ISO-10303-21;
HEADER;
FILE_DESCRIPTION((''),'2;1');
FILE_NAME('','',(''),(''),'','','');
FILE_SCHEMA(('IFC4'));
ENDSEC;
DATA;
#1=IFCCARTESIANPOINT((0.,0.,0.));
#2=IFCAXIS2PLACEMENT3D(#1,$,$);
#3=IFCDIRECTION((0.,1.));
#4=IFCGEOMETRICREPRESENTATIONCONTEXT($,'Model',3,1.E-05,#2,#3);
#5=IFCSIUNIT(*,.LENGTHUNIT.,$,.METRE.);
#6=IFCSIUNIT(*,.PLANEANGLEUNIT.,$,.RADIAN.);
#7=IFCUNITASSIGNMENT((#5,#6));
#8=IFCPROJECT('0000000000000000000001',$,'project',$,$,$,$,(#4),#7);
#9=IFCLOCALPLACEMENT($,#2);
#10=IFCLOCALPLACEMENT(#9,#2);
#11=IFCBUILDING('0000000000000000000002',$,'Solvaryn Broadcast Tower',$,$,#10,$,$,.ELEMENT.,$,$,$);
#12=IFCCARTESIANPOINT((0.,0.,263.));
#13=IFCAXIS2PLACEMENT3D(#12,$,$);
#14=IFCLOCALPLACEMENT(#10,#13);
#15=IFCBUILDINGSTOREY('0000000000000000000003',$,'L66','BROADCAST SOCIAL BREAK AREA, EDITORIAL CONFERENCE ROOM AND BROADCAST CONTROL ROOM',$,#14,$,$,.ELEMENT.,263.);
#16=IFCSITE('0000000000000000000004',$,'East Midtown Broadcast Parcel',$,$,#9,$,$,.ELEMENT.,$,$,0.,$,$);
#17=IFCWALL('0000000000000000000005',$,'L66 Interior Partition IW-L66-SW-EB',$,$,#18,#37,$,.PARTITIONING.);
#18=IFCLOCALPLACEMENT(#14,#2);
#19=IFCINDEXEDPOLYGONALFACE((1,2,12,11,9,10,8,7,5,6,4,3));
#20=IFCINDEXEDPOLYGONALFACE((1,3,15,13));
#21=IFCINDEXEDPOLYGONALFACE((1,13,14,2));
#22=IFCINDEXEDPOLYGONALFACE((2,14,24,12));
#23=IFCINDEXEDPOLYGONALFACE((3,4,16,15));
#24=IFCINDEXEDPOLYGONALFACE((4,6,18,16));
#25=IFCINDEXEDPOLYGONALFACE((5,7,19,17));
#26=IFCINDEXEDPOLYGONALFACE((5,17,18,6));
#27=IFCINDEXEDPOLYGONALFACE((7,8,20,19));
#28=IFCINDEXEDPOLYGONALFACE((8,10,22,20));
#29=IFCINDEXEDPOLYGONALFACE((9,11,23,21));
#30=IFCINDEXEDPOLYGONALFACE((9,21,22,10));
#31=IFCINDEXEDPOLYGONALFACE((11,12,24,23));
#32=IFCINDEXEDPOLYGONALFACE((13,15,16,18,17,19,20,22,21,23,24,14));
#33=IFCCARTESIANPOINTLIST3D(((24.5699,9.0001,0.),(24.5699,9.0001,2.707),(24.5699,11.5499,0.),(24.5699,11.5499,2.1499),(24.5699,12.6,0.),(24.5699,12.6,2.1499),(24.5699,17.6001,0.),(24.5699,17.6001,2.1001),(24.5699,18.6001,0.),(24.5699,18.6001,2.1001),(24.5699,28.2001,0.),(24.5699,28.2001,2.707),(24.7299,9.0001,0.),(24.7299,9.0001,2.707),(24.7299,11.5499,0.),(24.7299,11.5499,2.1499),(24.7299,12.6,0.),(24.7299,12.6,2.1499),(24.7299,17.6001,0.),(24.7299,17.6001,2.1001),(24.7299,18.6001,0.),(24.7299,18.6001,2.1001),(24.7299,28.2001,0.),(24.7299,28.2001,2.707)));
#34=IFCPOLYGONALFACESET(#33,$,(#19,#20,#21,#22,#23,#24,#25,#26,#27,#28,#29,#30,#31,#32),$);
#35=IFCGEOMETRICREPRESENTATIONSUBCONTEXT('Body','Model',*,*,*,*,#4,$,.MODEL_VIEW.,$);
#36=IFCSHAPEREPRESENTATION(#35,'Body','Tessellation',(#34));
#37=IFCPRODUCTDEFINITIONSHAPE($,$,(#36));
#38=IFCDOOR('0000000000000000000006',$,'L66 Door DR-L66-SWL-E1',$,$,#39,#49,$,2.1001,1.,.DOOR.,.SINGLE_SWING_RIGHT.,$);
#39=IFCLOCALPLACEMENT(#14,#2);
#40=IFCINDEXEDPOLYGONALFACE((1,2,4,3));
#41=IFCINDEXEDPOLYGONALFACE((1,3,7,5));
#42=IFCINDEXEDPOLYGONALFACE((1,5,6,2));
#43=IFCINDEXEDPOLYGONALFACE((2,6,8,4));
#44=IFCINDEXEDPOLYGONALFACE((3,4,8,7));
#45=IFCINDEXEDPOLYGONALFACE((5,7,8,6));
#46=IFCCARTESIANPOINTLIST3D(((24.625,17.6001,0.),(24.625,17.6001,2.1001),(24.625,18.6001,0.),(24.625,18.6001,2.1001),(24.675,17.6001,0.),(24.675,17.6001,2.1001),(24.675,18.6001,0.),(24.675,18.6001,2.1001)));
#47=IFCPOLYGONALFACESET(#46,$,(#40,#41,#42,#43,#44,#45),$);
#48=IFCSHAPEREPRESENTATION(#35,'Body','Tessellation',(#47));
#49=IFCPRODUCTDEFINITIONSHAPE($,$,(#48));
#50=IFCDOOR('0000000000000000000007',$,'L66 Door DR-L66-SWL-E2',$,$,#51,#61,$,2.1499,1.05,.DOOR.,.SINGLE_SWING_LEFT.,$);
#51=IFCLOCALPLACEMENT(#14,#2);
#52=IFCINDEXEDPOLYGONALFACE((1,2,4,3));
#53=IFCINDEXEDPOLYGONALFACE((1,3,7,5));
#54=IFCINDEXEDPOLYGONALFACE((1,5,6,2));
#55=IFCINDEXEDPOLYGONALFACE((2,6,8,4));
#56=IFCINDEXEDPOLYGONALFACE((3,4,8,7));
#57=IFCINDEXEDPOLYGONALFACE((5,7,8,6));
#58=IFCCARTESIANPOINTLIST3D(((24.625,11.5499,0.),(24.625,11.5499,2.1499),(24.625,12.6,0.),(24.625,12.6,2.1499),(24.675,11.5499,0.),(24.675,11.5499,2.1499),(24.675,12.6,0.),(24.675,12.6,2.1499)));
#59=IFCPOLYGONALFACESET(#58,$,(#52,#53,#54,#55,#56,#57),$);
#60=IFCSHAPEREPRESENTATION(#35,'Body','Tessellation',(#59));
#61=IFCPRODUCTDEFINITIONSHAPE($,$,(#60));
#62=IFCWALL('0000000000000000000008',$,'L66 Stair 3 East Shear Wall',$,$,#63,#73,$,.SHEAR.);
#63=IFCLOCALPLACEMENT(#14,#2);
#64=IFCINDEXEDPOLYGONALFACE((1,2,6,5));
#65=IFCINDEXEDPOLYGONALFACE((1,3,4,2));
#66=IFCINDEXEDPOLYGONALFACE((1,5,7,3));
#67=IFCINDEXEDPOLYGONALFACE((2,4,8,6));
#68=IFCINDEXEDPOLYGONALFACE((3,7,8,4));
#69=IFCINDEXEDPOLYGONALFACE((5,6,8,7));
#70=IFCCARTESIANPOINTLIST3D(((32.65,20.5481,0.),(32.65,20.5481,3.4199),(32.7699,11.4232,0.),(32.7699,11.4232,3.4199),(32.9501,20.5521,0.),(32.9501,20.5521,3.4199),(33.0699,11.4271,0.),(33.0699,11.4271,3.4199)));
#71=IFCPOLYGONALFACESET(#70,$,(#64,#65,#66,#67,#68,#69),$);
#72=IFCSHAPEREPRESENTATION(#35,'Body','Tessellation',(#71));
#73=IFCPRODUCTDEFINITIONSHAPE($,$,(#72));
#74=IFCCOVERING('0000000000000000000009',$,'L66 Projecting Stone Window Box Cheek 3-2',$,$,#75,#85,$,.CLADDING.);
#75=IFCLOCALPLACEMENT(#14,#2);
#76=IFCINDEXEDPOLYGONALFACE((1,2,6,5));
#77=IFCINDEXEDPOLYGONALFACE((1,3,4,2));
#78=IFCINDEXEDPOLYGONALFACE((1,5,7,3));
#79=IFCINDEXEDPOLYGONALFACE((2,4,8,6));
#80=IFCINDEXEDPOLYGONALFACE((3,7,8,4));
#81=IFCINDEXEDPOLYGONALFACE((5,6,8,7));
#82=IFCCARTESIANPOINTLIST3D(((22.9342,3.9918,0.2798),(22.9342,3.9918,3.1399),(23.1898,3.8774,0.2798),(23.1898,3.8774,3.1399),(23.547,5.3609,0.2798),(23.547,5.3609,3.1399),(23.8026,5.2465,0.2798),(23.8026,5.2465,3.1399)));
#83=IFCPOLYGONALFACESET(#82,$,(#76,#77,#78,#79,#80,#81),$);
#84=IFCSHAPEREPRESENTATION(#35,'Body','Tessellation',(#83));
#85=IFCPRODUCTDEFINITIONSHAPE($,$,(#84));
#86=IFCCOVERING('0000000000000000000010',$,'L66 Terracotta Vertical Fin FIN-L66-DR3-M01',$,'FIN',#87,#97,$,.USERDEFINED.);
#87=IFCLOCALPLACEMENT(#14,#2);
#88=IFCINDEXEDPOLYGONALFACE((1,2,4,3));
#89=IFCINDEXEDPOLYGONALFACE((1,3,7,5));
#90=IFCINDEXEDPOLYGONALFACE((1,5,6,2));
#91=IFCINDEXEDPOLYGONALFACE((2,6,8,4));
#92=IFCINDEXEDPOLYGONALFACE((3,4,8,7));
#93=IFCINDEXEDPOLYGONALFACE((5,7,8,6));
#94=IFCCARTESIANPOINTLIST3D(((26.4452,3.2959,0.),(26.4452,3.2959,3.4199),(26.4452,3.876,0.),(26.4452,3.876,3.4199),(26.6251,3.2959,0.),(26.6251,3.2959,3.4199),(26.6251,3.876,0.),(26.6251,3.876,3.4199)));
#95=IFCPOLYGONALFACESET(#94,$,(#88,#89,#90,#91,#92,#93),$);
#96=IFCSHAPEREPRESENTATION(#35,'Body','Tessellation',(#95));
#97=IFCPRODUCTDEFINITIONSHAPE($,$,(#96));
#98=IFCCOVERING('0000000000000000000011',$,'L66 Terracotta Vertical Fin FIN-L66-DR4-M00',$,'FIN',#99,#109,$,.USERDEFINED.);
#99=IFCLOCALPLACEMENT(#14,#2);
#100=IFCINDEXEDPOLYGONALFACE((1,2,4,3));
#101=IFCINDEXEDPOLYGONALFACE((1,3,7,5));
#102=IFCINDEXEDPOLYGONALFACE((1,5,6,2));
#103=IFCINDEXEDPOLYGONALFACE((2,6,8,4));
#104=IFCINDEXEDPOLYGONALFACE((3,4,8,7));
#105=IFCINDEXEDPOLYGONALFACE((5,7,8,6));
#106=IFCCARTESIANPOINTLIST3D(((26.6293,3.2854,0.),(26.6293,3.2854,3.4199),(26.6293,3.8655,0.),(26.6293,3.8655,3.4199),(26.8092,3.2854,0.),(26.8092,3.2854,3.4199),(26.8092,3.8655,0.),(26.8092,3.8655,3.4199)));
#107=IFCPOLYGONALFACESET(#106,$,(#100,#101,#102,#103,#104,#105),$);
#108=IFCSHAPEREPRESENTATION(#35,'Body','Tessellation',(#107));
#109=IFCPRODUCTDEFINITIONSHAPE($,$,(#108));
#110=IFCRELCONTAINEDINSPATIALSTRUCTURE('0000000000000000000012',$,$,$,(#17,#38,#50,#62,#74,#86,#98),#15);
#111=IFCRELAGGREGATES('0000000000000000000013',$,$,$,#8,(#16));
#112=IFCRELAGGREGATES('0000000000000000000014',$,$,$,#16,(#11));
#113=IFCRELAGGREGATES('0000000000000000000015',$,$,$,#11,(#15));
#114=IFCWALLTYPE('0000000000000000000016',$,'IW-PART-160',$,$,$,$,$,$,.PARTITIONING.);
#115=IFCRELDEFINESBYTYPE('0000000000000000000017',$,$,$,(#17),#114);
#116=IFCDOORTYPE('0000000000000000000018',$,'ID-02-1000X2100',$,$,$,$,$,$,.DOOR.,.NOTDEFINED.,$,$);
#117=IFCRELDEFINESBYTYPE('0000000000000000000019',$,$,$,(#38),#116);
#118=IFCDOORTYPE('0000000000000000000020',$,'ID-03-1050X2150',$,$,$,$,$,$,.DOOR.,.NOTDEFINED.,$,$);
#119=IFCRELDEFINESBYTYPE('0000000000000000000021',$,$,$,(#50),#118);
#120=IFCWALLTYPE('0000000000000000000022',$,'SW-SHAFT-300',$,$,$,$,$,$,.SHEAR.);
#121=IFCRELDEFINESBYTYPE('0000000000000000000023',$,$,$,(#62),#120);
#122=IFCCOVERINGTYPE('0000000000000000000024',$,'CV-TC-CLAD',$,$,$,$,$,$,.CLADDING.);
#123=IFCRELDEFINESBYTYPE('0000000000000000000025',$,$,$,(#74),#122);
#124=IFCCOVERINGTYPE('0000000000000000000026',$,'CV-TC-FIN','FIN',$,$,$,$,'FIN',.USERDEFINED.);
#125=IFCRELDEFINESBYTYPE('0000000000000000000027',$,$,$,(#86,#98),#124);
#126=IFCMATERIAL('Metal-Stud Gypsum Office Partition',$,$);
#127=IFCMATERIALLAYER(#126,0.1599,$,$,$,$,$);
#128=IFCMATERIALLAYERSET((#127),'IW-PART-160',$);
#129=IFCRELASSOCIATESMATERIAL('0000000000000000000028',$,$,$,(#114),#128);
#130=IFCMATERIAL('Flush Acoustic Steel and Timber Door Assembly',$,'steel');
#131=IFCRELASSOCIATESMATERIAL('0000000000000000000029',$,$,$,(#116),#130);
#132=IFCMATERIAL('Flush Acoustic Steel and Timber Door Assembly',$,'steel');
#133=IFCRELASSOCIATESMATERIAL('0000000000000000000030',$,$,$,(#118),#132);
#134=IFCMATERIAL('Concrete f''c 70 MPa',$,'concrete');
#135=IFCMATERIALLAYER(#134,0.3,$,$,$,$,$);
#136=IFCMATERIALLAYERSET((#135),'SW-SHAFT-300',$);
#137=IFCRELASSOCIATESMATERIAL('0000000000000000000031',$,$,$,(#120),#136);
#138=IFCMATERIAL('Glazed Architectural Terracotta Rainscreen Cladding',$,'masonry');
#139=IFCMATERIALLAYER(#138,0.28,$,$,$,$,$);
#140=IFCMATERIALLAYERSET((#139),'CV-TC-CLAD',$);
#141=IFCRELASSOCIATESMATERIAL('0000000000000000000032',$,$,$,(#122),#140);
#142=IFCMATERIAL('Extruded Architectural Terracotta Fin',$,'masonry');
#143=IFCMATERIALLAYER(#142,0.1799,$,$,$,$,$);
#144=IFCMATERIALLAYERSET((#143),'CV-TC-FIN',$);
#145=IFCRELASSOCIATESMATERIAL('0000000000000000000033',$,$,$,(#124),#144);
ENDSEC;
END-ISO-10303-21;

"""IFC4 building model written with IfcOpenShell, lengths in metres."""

from ifc_helpers import new_model, si_unit, direction, frame, frame_2d, origin, origin_2d, place, context, subcontext, project, spatial, rectangle, extrude, material, layer, layer_set, type_object, element, fill, save


model = new_model("IFC4")

# Units and contexts
model_context = context("Model", 3, precision=1e-05, world=origin(), true_north=direction((0.0, 1.0)))
body_context = subcontext(model_context, "Body", "Model", "MODEL_VIEW")
ifc_project = project(units=[si_unit("LENGTHUNIT", "METRE"), si_unit("PLANEANGLEUNIT", "RADIAN")], contexts=[model_context])

# Site, building, storey
site_placement = place(None, origin())
site = spatial("IfcSite", under=ifc_project, at=site_placement, Name="East Midtown Broadcast Parcel", CompositionType="ELEMENT", RefElevation=0.0)
building_placement = place(site_placement, origin())
building = spatial("IfcBuilding", under=site, at=building_placement, Name="Solvaryn Broadcast Tower", CompositionType="ELEMENT")
storey_placement = place(building_placement, frame((0.0, 0.0, 263.0)))
storey = spatial("IfcBuildingStorey", under=building, at=storey_placement, Name="L66", Description="BROADCAST SOCIAL BREAK AREA, EDITORIAL CONFERENCE ROOM AND BROADCAST CONTROL ROOM", CompositionType="ELEMENT", Elevation=263.0)

# Wall, openings, doors
ifc_material_1 = material(Name="Metal-Stud Gypsum Office Partition")
ifc_layer_1 = layer(ifc_material_1, 0.1599)
ifc_layer_set_1 = layer_set([ifc_layer_1], Name="IW-PART-160")
wall_type_1 = type_object("IfcWallType", Name="IW-PART-160", PredefinedType="PARTITIONING", material=ifc_layer_set_1)
wall_1_placement = place(storey_placement, frame((24.6499, 9.0, 0.0), z_axis=(0.0, 0.0, 1.0), x_axis=(0.0, 1.0, 0.0)))
wall_1 = element("IfcWall", 1, at=wall_1_placement, inside=storey, type_object=wall_type_1, Name="L66 Interior Partition IW-L66-SW-EB", PredefinedType="PARTITIONING", context=body_context, shape_type="SweptSolid", body=[
    extrude(rectangle(XDim=19.2, YDim=0.1599, at=frame_2d((9.6001, 0.0))), origin(), (0.0, 0.0, 1.0), 2.707),
])
opening_1_placement = place(wall_1_placement, frame((8.6001, 0.0, 0.0)))
opening_1 = element("IfcOpeningElement", 2, at=opening_1_placement, cuts=wall_1, PredefinedType="OPENING", context=body_context, shape_type="SweptSolid", body=[
    extrude(rectangle(XDim=1.0, YDim=2.1001, at=frame_2d((0.5, 1.05))), frame((0.0, 0.0901, 0.0), z_axis=(0.0, -1.0, 0.0), x_axis=(1.0, 0.0, 0.0)), (0.0, 0.0, 1.0), 0.1799),
])
opening_2_placement = place(wall_1_placement, frame((2.55, 0.0, 0.0)))
opening_2 = element("IfcOpeningElement", 3, at=opening_2_placement, cuts=wall_1, PredefinedType="OPENING", context=body_context, shape_type="SweptSolid", body=[
    extrude(rectangle(XDim=1.05, YDim=2.1499, at=frame_2d((0.5249, 1.075))), frame((0.0, 0.0901, 0.0), z_axis=(0.0, -1.0, 0.0), x_axis=(1.0, 0.0, 0.0)), (0.0, 0.0, 1.0), 0.1799),
])
ifc_material_2 = material(Name="Flush Acoustic Steel and Timber Door Assembly", Category="steel")
door_type_1 = type_object("IfcDoorType", Name="ID-02-1000X2100", OperationType="NOTDEFINED", PredefinedType="DOOR", material=ifc_material_2)
door_1_placement = place(opening_1_placement, origin())
door_1 = element("IfcDoor", 4, at=door_1_placement, inside=storey, type_object=door_type_1, Name="L66 Door DR-L66-SWL-E1", OperationType="SINGLE_SWING_RIGHT", OverallHeight=2.1001, OverallWidth=1.0, PredefinedType="DOOR", context=body_context, shape_type="SweptSolid", body=[
    extrude(rectangle(XDim=1.0, YDim=2.1001, at=frame_2d((0.5, 1.05))), frame((0.0, 0.0249, 0.0), z_axis=(0.0, -1.0, 0.0), x_axis=(1.0, 0.0, 0.0)), (0.0, 0.0, 1.0), 0.05),
])
fill(opening_1, door_1)
ifc_material_3 = material(Name="Flush Acoustic Steel and Timber Door Assembly", Category="steel")
door_type_2 = type_object("IfcDoorType", Name="ID-03-1050X2150", OperationType="NOTDEFINED", PredefinedType="DOOR", material=ifc_material_3)
door_2_placement = place(opening_2_placement, origin())
door_2 = element("IfcDoor", 5, at=door_2_placement, inside=storey, type_object=door_type_2, Name="L66 Door DR-L66-SWL-E2", OperationType="SINGLE_SWING_LEFT", OverallHeight=2.1499, OverallWidth=1.05, PredefinedType="DOOR", context=body_context, shape_type="SweptSolid", body=[
    extrude(rectangle(XDim=1.05, YDim=2.1499, at=frame_2d((0.5249, 1.075))), frame((0.0, 0.0249, 0.0), z_axis=(0.0, -1.0, 0.0), x_axis=(1.0, 0.0, 0.0)), (0.0, 0.0, 1.0), 0.05),
])
fill(opening_2, door_2)

# Wall
ifc_material_4 = material(Name="Concrete f'c 70 MPa", Category="concrete")
ifc_layer_2 = layer(ifc_material_4, 0.3)
ifc_layer_set_2 = layer_set([ifc_layer_2], Name="SW-SHAFT-300")
wall_type_2 = type_object("IfcWallType", Name="SW-SHAFT-300", PredefinedType="SHEAR", material=ifc_layer_set_2)
wall_2_placement = place(storey_placement, frame((32.9199, 11.425, 0.0), z_axis=(0.0, 0.0, 1.0), x_axis=(-0.013136, 0.999914, 0.0)))
element("IfcWall", 6, at=wall_2_placement, inside=storey, type_object=wall_type_2, Name="L66 Stair 3 East Shear Wall", PredefinedType="SHEAR", context=body_context, shape_type="SweptSolid", body=[
    extrude(rectangle(XDim=9.1257, YDim=0.3, at=frame_2d((4.563, 0.0))), origin(), (0.0, 0.0, 1.0), 3.4199),
])

# Coverings
ifc_material_5 = material(Name="Glazed Architectural Terracotta Rainscreen Cladding", Category="masonry")
ifc_layer_3 = layer(ifc_material_5, 0.28)
ifc_layer_set_3 = layer_set([ifc_layer_3], Name="CV-TC-CLAD")
covering_type_1 = type_object("IfcCoveringType", Name="CV-TC-CLAD", PredefinedType="CLADDING", material=ifc_layer_set_3)
covering_placement = place(storey_placement, frame((23.3684, 4.6191, 0.2798), z_axis=(0.0, 0.0, 1.0), x_axis=(0.912763, -0.40849, 0.0)))
element("IfcCovering", 7, at=covering_placement, inside=storey, type_object=covering_type_1, Name="L66 Projecting Stone Window Box Cheek 3-2", PredefinedType="CLADDING", context=body_context, shape_type="SweptSolid", body=[
    extrude(rectangle(XDim=0.28, YDim=1.5, at=origin_2d()), origin(), (0.0, 0.0, 1.0), 2.8601),
])
ifc_material_6 = material(Name="Extruded Architectural Terracotta Fin", Category="masonry")
ifc_layer_4 = layer(ifc_material_6, 0.1799)
ifc_layer_set_4 = layer_set([ifc_layer_4], Name="CV-TC-FIN")
covering_type_2 = type_object("IfcCoveringType", Name="CV-TC-FIN", Description="FIN", ElementType="FIN", PredefinedType="USERDEFINED", material=ifc_layer_set_4)
for number, where, z_axis, x_axis, name in (
    (8, (26.5352, 3.5859, 0.0), (0.0, 0.0, 1.0), (1.0, 0.0, 0.0), "L66 Terracotta Vertical Fin FIN-L66-DR3-M01"),
    (9, (26.7192, 3.5754, 0.0), (0.0, 0.0, 1.0), (1.0, 0.0, 0.0), "L66 Terracotta Vertical Fin FIN-L66-DR4-M00"),
):
    element("IfcCovering", number, at=place(storey_placement, frame(where, z_axis=z_axis, x_axis=x_axis)), inside=storey, type_object=covering_type_2, Name=name, ObjectType="FIN", PredefinedType="USERDEFINED", context=body_context, shape_type="SweptSolid", body=[
        extrude(rectangle(XDim=0.1799, YDim=0.5801, at=origin_2d()), origin(), (0.0, 0.0, 1.0), 3.4199),
    ])

save(model, "model.ifc")
